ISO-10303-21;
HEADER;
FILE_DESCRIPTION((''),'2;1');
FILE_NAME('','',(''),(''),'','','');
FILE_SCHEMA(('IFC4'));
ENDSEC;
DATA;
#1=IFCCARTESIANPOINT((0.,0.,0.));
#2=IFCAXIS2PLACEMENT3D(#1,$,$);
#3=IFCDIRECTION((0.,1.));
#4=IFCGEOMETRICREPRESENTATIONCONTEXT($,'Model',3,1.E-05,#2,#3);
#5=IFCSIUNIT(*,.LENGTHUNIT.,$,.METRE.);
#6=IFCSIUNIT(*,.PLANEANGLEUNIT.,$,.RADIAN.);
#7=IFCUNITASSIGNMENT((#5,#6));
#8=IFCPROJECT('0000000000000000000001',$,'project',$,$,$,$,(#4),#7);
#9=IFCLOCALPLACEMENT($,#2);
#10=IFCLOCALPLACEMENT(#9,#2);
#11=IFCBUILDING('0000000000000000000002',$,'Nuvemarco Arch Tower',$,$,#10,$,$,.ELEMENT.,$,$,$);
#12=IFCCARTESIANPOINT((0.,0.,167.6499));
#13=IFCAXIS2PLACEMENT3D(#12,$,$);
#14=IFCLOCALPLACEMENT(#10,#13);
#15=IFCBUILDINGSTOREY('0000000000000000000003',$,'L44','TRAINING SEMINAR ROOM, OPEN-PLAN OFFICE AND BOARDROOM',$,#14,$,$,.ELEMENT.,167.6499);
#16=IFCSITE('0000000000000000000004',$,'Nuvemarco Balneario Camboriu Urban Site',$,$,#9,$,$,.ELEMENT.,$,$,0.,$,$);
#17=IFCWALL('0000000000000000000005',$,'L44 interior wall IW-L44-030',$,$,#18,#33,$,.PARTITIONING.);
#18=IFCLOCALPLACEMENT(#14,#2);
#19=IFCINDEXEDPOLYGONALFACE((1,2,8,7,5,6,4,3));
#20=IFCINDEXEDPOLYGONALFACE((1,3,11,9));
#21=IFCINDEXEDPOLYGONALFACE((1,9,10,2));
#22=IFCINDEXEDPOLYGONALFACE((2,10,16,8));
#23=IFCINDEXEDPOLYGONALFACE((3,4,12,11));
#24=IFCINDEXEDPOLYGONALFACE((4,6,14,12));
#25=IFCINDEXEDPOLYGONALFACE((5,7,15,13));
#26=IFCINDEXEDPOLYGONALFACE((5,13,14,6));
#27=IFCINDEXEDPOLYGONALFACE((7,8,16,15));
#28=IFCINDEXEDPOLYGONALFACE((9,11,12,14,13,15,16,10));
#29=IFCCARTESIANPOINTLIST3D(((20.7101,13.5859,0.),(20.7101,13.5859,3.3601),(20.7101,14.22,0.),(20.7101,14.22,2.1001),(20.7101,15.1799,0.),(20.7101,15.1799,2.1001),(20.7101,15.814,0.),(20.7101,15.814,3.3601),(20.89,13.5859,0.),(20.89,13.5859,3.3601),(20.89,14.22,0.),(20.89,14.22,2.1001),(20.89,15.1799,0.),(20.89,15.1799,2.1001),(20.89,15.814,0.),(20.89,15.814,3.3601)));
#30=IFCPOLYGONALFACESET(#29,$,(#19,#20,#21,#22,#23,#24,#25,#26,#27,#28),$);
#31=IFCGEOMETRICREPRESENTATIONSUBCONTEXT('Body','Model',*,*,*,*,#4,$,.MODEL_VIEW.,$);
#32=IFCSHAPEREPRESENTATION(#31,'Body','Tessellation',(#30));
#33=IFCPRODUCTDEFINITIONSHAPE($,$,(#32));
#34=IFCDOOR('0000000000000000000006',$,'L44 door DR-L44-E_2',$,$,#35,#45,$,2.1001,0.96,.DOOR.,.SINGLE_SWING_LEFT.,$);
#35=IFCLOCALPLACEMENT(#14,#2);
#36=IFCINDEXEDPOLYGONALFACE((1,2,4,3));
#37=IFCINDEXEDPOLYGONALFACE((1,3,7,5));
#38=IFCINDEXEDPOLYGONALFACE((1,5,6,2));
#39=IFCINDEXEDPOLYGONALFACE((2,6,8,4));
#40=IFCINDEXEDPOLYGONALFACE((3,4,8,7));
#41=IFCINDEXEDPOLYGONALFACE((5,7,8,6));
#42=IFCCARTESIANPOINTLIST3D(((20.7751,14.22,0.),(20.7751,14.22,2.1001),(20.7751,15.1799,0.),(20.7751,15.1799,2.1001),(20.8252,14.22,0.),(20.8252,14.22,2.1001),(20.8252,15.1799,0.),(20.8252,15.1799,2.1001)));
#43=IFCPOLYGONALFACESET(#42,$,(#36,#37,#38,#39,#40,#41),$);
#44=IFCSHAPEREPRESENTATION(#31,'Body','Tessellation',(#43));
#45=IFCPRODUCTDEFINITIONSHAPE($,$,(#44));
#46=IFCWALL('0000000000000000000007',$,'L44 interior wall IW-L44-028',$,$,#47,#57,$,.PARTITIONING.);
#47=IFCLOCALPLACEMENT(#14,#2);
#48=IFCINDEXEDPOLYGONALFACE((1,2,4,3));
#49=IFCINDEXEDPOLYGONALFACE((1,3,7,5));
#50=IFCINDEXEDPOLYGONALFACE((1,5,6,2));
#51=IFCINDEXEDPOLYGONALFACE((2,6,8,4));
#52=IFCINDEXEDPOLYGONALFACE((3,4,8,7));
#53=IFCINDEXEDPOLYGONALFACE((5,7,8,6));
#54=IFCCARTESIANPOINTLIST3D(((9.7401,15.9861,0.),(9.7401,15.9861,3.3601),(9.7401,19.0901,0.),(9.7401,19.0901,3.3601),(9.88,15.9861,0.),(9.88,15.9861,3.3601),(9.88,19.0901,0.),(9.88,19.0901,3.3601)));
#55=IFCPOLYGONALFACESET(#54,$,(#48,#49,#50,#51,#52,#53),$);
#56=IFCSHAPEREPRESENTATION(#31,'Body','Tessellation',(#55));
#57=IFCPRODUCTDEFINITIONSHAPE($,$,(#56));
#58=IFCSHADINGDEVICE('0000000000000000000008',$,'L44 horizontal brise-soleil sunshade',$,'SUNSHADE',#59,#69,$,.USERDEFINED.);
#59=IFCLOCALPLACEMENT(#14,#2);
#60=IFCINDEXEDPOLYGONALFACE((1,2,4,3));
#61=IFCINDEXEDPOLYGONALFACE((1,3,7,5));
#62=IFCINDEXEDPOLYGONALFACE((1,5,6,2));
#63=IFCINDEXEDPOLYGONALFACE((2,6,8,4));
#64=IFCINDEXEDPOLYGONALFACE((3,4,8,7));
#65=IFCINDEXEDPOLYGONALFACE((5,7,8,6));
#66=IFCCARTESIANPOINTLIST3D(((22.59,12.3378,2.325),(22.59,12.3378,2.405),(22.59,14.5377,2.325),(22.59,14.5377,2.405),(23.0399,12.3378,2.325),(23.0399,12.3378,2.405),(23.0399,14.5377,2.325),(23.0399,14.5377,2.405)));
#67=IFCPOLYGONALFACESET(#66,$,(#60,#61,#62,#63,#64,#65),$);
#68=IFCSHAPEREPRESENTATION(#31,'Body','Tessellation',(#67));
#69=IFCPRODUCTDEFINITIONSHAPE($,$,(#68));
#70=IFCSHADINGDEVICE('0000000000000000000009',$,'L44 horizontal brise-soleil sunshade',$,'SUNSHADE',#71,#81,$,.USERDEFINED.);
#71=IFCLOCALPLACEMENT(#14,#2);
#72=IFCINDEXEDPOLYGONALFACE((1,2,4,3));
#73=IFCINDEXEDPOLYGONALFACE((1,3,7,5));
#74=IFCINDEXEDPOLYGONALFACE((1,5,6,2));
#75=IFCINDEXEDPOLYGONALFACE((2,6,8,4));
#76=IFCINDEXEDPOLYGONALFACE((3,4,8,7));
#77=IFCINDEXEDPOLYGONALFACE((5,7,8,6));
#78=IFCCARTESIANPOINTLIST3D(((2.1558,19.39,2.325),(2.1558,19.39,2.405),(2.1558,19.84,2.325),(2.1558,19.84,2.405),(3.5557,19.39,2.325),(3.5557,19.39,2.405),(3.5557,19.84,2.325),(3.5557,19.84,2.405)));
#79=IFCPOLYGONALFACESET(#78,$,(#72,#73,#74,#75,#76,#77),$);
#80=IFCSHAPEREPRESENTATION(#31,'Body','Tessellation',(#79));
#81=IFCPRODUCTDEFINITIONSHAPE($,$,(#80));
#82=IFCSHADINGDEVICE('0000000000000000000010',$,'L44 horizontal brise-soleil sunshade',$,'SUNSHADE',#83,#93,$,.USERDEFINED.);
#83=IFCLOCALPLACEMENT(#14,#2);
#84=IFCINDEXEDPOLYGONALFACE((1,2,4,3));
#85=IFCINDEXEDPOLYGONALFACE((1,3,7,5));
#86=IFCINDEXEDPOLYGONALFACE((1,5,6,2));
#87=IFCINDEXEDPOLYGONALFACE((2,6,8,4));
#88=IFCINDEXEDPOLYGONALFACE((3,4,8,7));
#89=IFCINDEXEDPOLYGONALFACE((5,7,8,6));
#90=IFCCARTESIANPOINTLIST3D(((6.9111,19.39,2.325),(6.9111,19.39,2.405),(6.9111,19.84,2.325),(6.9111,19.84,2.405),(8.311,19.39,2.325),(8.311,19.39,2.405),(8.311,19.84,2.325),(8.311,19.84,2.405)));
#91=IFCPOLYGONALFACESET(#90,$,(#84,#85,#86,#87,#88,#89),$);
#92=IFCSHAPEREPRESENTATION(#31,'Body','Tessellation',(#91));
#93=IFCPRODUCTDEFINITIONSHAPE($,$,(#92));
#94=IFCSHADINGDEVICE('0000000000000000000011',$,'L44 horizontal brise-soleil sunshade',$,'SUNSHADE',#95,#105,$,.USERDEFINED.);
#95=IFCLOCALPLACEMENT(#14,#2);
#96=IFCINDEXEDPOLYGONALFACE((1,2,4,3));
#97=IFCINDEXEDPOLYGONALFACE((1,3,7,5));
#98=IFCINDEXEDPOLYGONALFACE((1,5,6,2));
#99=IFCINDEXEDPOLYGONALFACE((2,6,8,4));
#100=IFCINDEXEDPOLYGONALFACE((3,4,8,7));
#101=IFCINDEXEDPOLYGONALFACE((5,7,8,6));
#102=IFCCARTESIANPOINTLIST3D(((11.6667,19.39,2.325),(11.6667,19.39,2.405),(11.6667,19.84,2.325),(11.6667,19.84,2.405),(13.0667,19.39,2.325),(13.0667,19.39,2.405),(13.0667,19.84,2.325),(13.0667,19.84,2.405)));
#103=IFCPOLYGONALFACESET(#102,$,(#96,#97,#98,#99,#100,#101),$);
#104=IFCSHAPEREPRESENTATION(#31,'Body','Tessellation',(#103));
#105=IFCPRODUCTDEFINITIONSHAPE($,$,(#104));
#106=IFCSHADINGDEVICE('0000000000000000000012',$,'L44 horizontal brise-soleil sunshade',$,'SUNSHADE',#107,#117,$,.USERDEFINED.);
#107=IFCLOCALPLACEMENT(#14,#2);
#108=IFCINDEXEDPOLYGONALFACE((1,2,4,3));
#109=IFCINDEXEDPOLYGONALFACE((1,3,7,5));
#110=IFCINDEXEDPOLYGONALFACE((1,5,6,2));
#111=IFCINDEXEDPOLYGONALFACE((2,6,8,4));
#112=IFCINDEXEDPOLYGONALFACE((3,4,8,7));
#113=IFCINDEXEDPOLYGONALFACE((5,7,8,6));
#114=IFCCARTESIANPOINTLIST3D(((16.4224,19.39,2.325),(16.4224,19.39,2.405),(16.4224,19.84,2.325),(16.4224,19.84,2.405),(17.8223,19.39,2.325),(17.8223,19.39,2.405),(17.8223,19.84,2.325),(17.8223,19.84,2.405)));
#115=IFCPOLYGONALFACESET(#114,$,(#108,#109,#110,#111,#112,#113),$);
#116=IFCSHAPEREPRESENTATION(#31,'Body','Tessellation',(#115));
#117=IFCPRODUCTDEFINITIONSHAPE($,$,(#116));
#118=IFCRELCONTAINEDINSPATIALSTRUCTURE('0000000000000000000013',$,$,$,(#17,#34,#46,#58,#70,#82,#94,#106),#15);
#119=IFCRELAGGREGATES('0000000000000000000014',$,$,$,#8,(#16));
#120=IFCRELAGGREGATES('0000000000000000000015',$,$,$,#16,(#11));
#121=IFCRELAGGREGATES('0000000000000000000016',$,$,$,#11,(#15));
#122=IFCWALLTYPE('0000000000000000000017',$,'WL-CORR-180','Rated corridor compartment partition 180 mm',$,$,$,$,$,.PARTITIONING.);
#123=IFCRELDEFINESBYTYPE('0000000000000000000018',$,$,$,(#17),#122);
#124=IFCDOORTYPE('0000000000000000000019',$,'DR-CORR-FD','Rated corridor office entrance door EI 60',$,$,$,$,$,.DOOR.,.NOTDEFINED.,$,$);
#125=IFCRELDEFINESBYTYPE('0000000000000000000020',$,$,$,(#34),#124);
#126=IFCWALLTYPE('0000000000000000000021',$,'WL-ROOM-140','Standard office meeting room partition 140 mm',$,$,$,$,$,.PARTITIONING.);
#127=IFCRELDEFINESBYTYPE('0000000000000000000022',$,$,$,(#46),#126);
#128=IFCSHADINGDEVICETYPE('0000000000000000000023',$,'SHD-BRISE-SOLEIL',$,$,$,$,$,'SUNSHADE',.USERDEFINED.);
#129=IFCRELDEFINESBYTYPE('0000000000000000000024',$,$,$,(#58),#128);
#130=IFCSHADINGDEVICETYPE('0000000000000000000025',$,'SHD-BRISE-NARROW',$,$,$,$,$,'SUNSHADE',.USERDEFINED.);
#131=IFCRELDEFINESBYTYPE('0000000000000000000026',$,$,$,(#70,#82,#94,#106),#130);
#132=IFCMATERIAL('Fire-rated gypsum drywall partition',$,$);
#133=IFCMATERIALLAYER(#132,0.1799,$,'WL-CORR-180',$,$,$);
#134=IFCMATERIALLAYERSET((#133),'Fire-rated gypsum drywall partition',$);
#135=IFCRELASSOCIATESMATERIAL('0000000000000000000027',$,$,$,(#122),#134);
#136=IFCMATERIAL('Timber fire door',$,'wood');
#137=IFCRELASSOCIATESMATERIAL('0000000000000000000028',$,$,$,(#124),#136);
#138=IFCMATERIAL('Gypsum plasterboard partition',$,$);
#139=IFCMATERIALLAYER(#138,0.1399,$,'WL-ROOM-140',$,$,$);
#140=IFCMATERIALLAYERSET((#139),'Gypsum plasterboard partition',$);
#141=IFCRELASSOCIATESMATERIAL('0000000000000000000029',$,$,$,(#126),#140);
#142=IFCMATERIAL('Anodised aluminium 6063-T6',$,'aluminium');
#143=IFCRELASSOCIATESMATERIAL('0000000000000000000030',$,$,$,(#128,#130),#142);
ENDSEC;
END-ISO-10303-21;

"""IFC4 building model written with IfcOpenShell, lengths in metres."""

from ifc_helpers import new_model, si_unit, direction, frame, frame_2d, origin, origin_2d, place, context, subcontext, project, spatial, rectangle, extrude, source, transform, mapped, material, layer, layer_set, type_object, type_shapes, element, fill, save


model = new_model("IFC4")

# Units and contexts
model_context = context("Model", 3, precision=1e-05, world=origin(), true_north=direction((0.0, 1.0)))
body_context = subcontext(model_context, "Body", "Model", "MODEL_VIEW")
ifc_project = project(units=[si_unit("LENGTHUNIT", "METRE"), si_unit("PLANEANGLEUNIT", "RADIAN")], contexts=[model_context])

# Site, building, storey
site_placement = place(None, origin())
site = spatial("IfcSite", under=ifc_project, at=site_placement, Name="Nuvemarco Balneario Camboriu Urban Site", CompositionType="ELEMENT", RefElevation=0.0)
building_placement = place(site_placement, origin())
building = spatial("IfcBuilding", under=site, at=building_placement, Name="Nuvemarco Arch Tower", CompositionType="ELEMENT")
storey_placement = place(building_placement, frame((0.0, 0.0, 167.6499)))
storey = spatial("IfcBuildingStorey", under=building, at=storey_placement, Name="L44", Description="TRAINING SEMINAR ROOM, OPEN-PLAN OFFICE AND BOARDROOM", CompositionType="ELEMENT", Elevation=167.6499)

# Shared definitions
ifc_material_1 = material(Name="Fire-rated gypsum drywall partition")
ifc_layer_1 = layer(ifc_material_1, 0.1799, Name="WL-CORR-180")
ifc_layer_set_1 = layer_set([ifc_layer_1], Name="Fire-rated gypsum drywall partition")
wall_type_1 = type_object("IfcWallType", Name="WL-CORR-180", Description="Rated corridor compartment partition 180 mm", PredefinedType="PARTITIONING", material=ifc_layer_set_1)

# Wall, opening, door
wall_1_placement = place(storey_placement, frame((20.8, 13.5859, 0.0), z_axis=(0.0, 0.0, 1.0), x_axis=(0.0, 1.0, 0.0)))
wall_1 = element("IfcWall", 1, at=wall_1_placement, inside=storey, type_object=wall_type_1, Name="L44 interior wall IW-L44-030", PredefinedType="PARTITIONING", context=body_context, shape_type="SweptSolid", body=[
    extrude(rectangle(XDim=2.228, YDim=0.1799, at=frame_2d((1.114, 0.0))), origin(), (0.0, 0.0, 1.0), 3.3601),
])
opening_placement = place(wall_1_placement, frame((0.634, 0.0, 0.0)))
opening = element("IfcOpeningElement", 2, at=opening_placement, cuts=wall_1, PredefinedType="OPENING", context=body_context, shape_type="SweptSolid", body=[
    extrude(rectangle(XDim=0.96, YDim=2.1001, at=frame_2d((0.48, 1.05))), frame((0.0, 0.0999, 0.0), z_axis=(0.0, -1.0, 0.0), x_axis=(1.0, 0.0, 0.0)), (0.0, 0.0, 1.0), 0.2),
])
ifc_material_2 = material(Name="Timber fire door", Category="wood")
door_type = type_object("IfcDoorType", Name="DR-CORR-FD", Description="Rated corridor office entrance door EI 60", OperationType="NOTDEFINED", PredefinedType="DOOR", material=ifc_material_2)
shared_shape_1 = source(origin(), body_context, "Body", "SweptSolid", [
    extrude(rectangle(XDim=0.96, YDim=2.1001, at=frame_2d((0.48, 1.05))), frame((0.0, 0.0249, 0.0), z_axis=(0.0, -1.0, 0.0), x_axis=(1.0, 0.0, 0.0)), (0.0, 0.0, 1.0), 0.05),
])
type_shapes(door_type, [shared_shape_1])
door_placement = place(opening_placement, origin())
door = element("IfcDoor", 3, at=door_placement, inside=storey, type_object=door_type, Name="L44 door DR-L44-E_2", OperationType="SINGLE_SWING_LEFT", OverallHeight=2.1001, OverallWidth=0.96, PredefinedType="DOOR", context=body_context, shape_type="MappedRepresentation", body=[
    mapped(shared_shape_1, transform((0.0, 0.0, 0.0), scale=1.0)),
])
fill(opening, door)

# Wall
ifc_material_3 = material(Name="Gypsum plasterboard partition")
ifc_layer_2 = layer(ifc_material_3, 0.1399, Name="WL-ROOM-140")
ifc_layer_set_2 = layer_set([ifc_layer_2], Name="Gypsum plasterboard partition")
wall_type_2 = type_object("IfcWallType", Name="WL-ROOM-140", Description="Standard office meeting room partition 140 mm", PredefinedType="PARTITIONING", material=ifc_layer_set_2)
wall_2_placement = place(storey_placement, frame((9.8101, 15.9861, 0.0), z_axis=(0.0, 0.0, 1.0), x_axis=(0.0, 1.0, 0.0)))
element("IfcWall", 4, at=wall_2_placement, inside=storey, type_object=wall_type_2, Name="L44 interior wall IW-L44-028", PredefinedType="PARTITIONING", context=body_context, shape_type="SweptSolid", body=[
    extrude(rectangle(XDim=3.104, YDim=0.1399, at=frame_2d((1.552, 0.0))), origin(), (0.0, 0.0, 1.0), 3.3601),
])

# Shading devices
ifc_material_4 = material(Name="Anodised aluminium 6063-T6", Category="aluminium")
shading_device_type_1 = type_object("IfcShadingDeviceType", Name="SHD-BRISE-SOLEIL", ElementType="SUNSHADE", PredefinedType="USERDEFINED", material=ifc_material_4)
shared_shape_2 = source(origin(), body_context, "Body", "SweptSolid", [
    extrude(rectangle(XDim=2.2, YDim=0.45, at=origin_2d()), origin(), (0.0, 0.0, 1.0), 0.0801),
])
type_shapes(shading_device_type_1, [shared_shape_2])
shading_device_placement = place(storey_placement, frame((22.8149, 13.4377, 2.325), z_axis=(0.0, 0.0, 1.0), x_axis=(0.0, 1.0, 0.0)))
element("IfcShadingDevice", 5, at=shading_device_placement, inside=storey, type_object=shading_device_type_1, Name="L44 horizontal brise-soleil sunshade", ObjectType="SUNSHADE", PredefinedType="USERDEFINED", context=body_context, shape_type="MappedRepresentation", body=[
    mapped(shared_shape_2, transform((0.0, 0.0, 0.0), scale=1.0)),
])
shading_device_type_2 = type_object("IfcShadingDeviceType", Name="SHD-BRISE-NARROW", ElementType="SUNSHADE", PredefinedType="USERDEFINED", material=ifc_material_4)
shared_shape_3 = source(origin(), body_context, "Body", "SweptSolid", [
    extrude(rectangle(XDim=1.3999, YDim=0.45, at=origin_2d()), origin(), (0.0, 0.0, 1.0), 0.0801),
])
type_shapes(shading_device_type_2, [shared_shape_3])
for number, where, z_axis, x_axis, name in (
    (6, (2.8557, 19.615, 2.325), (0.0, 0.0, 1.0), (1.0, 0.0, 0.0), "L44 horizontal brise-soleil sunshade"),
    (7, (7.6111, 19.615, 2.325), (0.0, 0.0, 1.0), (1.0, 0.0, 0.0), "L44 horizontal brise-soleil sunshade"),
    (8, (12.3667, 19.615, 2.325), (0.0, 0.0, 1.0), (1.0, 0.0, 0.0), "L44 horizontal brise-soleil sunshade"),
    (9, (17.1223, 19.615, 2.325), (0.0, 0.0, 1.0), (1.0, 0.0, 0.0), "L44 horizontal brise-soleil sunshade"),
):
    element("IfcShadingDevice", number, at=place(storey_placement, frame(where, z_axis=z_axis, x_axis=x_axis)), inside=storey, type_object=shading_device_type_2, Name=name, ObjectType="SUNSHADE", PredefinedType="USERDEFINED", context=body_context, shape_type="MappedRepresentation", body=[
        mapped(shared_shape_3, transform((0.0, 0.0, 0.0), scale=1.0)),
    ])

save(model, "model.ifc")
